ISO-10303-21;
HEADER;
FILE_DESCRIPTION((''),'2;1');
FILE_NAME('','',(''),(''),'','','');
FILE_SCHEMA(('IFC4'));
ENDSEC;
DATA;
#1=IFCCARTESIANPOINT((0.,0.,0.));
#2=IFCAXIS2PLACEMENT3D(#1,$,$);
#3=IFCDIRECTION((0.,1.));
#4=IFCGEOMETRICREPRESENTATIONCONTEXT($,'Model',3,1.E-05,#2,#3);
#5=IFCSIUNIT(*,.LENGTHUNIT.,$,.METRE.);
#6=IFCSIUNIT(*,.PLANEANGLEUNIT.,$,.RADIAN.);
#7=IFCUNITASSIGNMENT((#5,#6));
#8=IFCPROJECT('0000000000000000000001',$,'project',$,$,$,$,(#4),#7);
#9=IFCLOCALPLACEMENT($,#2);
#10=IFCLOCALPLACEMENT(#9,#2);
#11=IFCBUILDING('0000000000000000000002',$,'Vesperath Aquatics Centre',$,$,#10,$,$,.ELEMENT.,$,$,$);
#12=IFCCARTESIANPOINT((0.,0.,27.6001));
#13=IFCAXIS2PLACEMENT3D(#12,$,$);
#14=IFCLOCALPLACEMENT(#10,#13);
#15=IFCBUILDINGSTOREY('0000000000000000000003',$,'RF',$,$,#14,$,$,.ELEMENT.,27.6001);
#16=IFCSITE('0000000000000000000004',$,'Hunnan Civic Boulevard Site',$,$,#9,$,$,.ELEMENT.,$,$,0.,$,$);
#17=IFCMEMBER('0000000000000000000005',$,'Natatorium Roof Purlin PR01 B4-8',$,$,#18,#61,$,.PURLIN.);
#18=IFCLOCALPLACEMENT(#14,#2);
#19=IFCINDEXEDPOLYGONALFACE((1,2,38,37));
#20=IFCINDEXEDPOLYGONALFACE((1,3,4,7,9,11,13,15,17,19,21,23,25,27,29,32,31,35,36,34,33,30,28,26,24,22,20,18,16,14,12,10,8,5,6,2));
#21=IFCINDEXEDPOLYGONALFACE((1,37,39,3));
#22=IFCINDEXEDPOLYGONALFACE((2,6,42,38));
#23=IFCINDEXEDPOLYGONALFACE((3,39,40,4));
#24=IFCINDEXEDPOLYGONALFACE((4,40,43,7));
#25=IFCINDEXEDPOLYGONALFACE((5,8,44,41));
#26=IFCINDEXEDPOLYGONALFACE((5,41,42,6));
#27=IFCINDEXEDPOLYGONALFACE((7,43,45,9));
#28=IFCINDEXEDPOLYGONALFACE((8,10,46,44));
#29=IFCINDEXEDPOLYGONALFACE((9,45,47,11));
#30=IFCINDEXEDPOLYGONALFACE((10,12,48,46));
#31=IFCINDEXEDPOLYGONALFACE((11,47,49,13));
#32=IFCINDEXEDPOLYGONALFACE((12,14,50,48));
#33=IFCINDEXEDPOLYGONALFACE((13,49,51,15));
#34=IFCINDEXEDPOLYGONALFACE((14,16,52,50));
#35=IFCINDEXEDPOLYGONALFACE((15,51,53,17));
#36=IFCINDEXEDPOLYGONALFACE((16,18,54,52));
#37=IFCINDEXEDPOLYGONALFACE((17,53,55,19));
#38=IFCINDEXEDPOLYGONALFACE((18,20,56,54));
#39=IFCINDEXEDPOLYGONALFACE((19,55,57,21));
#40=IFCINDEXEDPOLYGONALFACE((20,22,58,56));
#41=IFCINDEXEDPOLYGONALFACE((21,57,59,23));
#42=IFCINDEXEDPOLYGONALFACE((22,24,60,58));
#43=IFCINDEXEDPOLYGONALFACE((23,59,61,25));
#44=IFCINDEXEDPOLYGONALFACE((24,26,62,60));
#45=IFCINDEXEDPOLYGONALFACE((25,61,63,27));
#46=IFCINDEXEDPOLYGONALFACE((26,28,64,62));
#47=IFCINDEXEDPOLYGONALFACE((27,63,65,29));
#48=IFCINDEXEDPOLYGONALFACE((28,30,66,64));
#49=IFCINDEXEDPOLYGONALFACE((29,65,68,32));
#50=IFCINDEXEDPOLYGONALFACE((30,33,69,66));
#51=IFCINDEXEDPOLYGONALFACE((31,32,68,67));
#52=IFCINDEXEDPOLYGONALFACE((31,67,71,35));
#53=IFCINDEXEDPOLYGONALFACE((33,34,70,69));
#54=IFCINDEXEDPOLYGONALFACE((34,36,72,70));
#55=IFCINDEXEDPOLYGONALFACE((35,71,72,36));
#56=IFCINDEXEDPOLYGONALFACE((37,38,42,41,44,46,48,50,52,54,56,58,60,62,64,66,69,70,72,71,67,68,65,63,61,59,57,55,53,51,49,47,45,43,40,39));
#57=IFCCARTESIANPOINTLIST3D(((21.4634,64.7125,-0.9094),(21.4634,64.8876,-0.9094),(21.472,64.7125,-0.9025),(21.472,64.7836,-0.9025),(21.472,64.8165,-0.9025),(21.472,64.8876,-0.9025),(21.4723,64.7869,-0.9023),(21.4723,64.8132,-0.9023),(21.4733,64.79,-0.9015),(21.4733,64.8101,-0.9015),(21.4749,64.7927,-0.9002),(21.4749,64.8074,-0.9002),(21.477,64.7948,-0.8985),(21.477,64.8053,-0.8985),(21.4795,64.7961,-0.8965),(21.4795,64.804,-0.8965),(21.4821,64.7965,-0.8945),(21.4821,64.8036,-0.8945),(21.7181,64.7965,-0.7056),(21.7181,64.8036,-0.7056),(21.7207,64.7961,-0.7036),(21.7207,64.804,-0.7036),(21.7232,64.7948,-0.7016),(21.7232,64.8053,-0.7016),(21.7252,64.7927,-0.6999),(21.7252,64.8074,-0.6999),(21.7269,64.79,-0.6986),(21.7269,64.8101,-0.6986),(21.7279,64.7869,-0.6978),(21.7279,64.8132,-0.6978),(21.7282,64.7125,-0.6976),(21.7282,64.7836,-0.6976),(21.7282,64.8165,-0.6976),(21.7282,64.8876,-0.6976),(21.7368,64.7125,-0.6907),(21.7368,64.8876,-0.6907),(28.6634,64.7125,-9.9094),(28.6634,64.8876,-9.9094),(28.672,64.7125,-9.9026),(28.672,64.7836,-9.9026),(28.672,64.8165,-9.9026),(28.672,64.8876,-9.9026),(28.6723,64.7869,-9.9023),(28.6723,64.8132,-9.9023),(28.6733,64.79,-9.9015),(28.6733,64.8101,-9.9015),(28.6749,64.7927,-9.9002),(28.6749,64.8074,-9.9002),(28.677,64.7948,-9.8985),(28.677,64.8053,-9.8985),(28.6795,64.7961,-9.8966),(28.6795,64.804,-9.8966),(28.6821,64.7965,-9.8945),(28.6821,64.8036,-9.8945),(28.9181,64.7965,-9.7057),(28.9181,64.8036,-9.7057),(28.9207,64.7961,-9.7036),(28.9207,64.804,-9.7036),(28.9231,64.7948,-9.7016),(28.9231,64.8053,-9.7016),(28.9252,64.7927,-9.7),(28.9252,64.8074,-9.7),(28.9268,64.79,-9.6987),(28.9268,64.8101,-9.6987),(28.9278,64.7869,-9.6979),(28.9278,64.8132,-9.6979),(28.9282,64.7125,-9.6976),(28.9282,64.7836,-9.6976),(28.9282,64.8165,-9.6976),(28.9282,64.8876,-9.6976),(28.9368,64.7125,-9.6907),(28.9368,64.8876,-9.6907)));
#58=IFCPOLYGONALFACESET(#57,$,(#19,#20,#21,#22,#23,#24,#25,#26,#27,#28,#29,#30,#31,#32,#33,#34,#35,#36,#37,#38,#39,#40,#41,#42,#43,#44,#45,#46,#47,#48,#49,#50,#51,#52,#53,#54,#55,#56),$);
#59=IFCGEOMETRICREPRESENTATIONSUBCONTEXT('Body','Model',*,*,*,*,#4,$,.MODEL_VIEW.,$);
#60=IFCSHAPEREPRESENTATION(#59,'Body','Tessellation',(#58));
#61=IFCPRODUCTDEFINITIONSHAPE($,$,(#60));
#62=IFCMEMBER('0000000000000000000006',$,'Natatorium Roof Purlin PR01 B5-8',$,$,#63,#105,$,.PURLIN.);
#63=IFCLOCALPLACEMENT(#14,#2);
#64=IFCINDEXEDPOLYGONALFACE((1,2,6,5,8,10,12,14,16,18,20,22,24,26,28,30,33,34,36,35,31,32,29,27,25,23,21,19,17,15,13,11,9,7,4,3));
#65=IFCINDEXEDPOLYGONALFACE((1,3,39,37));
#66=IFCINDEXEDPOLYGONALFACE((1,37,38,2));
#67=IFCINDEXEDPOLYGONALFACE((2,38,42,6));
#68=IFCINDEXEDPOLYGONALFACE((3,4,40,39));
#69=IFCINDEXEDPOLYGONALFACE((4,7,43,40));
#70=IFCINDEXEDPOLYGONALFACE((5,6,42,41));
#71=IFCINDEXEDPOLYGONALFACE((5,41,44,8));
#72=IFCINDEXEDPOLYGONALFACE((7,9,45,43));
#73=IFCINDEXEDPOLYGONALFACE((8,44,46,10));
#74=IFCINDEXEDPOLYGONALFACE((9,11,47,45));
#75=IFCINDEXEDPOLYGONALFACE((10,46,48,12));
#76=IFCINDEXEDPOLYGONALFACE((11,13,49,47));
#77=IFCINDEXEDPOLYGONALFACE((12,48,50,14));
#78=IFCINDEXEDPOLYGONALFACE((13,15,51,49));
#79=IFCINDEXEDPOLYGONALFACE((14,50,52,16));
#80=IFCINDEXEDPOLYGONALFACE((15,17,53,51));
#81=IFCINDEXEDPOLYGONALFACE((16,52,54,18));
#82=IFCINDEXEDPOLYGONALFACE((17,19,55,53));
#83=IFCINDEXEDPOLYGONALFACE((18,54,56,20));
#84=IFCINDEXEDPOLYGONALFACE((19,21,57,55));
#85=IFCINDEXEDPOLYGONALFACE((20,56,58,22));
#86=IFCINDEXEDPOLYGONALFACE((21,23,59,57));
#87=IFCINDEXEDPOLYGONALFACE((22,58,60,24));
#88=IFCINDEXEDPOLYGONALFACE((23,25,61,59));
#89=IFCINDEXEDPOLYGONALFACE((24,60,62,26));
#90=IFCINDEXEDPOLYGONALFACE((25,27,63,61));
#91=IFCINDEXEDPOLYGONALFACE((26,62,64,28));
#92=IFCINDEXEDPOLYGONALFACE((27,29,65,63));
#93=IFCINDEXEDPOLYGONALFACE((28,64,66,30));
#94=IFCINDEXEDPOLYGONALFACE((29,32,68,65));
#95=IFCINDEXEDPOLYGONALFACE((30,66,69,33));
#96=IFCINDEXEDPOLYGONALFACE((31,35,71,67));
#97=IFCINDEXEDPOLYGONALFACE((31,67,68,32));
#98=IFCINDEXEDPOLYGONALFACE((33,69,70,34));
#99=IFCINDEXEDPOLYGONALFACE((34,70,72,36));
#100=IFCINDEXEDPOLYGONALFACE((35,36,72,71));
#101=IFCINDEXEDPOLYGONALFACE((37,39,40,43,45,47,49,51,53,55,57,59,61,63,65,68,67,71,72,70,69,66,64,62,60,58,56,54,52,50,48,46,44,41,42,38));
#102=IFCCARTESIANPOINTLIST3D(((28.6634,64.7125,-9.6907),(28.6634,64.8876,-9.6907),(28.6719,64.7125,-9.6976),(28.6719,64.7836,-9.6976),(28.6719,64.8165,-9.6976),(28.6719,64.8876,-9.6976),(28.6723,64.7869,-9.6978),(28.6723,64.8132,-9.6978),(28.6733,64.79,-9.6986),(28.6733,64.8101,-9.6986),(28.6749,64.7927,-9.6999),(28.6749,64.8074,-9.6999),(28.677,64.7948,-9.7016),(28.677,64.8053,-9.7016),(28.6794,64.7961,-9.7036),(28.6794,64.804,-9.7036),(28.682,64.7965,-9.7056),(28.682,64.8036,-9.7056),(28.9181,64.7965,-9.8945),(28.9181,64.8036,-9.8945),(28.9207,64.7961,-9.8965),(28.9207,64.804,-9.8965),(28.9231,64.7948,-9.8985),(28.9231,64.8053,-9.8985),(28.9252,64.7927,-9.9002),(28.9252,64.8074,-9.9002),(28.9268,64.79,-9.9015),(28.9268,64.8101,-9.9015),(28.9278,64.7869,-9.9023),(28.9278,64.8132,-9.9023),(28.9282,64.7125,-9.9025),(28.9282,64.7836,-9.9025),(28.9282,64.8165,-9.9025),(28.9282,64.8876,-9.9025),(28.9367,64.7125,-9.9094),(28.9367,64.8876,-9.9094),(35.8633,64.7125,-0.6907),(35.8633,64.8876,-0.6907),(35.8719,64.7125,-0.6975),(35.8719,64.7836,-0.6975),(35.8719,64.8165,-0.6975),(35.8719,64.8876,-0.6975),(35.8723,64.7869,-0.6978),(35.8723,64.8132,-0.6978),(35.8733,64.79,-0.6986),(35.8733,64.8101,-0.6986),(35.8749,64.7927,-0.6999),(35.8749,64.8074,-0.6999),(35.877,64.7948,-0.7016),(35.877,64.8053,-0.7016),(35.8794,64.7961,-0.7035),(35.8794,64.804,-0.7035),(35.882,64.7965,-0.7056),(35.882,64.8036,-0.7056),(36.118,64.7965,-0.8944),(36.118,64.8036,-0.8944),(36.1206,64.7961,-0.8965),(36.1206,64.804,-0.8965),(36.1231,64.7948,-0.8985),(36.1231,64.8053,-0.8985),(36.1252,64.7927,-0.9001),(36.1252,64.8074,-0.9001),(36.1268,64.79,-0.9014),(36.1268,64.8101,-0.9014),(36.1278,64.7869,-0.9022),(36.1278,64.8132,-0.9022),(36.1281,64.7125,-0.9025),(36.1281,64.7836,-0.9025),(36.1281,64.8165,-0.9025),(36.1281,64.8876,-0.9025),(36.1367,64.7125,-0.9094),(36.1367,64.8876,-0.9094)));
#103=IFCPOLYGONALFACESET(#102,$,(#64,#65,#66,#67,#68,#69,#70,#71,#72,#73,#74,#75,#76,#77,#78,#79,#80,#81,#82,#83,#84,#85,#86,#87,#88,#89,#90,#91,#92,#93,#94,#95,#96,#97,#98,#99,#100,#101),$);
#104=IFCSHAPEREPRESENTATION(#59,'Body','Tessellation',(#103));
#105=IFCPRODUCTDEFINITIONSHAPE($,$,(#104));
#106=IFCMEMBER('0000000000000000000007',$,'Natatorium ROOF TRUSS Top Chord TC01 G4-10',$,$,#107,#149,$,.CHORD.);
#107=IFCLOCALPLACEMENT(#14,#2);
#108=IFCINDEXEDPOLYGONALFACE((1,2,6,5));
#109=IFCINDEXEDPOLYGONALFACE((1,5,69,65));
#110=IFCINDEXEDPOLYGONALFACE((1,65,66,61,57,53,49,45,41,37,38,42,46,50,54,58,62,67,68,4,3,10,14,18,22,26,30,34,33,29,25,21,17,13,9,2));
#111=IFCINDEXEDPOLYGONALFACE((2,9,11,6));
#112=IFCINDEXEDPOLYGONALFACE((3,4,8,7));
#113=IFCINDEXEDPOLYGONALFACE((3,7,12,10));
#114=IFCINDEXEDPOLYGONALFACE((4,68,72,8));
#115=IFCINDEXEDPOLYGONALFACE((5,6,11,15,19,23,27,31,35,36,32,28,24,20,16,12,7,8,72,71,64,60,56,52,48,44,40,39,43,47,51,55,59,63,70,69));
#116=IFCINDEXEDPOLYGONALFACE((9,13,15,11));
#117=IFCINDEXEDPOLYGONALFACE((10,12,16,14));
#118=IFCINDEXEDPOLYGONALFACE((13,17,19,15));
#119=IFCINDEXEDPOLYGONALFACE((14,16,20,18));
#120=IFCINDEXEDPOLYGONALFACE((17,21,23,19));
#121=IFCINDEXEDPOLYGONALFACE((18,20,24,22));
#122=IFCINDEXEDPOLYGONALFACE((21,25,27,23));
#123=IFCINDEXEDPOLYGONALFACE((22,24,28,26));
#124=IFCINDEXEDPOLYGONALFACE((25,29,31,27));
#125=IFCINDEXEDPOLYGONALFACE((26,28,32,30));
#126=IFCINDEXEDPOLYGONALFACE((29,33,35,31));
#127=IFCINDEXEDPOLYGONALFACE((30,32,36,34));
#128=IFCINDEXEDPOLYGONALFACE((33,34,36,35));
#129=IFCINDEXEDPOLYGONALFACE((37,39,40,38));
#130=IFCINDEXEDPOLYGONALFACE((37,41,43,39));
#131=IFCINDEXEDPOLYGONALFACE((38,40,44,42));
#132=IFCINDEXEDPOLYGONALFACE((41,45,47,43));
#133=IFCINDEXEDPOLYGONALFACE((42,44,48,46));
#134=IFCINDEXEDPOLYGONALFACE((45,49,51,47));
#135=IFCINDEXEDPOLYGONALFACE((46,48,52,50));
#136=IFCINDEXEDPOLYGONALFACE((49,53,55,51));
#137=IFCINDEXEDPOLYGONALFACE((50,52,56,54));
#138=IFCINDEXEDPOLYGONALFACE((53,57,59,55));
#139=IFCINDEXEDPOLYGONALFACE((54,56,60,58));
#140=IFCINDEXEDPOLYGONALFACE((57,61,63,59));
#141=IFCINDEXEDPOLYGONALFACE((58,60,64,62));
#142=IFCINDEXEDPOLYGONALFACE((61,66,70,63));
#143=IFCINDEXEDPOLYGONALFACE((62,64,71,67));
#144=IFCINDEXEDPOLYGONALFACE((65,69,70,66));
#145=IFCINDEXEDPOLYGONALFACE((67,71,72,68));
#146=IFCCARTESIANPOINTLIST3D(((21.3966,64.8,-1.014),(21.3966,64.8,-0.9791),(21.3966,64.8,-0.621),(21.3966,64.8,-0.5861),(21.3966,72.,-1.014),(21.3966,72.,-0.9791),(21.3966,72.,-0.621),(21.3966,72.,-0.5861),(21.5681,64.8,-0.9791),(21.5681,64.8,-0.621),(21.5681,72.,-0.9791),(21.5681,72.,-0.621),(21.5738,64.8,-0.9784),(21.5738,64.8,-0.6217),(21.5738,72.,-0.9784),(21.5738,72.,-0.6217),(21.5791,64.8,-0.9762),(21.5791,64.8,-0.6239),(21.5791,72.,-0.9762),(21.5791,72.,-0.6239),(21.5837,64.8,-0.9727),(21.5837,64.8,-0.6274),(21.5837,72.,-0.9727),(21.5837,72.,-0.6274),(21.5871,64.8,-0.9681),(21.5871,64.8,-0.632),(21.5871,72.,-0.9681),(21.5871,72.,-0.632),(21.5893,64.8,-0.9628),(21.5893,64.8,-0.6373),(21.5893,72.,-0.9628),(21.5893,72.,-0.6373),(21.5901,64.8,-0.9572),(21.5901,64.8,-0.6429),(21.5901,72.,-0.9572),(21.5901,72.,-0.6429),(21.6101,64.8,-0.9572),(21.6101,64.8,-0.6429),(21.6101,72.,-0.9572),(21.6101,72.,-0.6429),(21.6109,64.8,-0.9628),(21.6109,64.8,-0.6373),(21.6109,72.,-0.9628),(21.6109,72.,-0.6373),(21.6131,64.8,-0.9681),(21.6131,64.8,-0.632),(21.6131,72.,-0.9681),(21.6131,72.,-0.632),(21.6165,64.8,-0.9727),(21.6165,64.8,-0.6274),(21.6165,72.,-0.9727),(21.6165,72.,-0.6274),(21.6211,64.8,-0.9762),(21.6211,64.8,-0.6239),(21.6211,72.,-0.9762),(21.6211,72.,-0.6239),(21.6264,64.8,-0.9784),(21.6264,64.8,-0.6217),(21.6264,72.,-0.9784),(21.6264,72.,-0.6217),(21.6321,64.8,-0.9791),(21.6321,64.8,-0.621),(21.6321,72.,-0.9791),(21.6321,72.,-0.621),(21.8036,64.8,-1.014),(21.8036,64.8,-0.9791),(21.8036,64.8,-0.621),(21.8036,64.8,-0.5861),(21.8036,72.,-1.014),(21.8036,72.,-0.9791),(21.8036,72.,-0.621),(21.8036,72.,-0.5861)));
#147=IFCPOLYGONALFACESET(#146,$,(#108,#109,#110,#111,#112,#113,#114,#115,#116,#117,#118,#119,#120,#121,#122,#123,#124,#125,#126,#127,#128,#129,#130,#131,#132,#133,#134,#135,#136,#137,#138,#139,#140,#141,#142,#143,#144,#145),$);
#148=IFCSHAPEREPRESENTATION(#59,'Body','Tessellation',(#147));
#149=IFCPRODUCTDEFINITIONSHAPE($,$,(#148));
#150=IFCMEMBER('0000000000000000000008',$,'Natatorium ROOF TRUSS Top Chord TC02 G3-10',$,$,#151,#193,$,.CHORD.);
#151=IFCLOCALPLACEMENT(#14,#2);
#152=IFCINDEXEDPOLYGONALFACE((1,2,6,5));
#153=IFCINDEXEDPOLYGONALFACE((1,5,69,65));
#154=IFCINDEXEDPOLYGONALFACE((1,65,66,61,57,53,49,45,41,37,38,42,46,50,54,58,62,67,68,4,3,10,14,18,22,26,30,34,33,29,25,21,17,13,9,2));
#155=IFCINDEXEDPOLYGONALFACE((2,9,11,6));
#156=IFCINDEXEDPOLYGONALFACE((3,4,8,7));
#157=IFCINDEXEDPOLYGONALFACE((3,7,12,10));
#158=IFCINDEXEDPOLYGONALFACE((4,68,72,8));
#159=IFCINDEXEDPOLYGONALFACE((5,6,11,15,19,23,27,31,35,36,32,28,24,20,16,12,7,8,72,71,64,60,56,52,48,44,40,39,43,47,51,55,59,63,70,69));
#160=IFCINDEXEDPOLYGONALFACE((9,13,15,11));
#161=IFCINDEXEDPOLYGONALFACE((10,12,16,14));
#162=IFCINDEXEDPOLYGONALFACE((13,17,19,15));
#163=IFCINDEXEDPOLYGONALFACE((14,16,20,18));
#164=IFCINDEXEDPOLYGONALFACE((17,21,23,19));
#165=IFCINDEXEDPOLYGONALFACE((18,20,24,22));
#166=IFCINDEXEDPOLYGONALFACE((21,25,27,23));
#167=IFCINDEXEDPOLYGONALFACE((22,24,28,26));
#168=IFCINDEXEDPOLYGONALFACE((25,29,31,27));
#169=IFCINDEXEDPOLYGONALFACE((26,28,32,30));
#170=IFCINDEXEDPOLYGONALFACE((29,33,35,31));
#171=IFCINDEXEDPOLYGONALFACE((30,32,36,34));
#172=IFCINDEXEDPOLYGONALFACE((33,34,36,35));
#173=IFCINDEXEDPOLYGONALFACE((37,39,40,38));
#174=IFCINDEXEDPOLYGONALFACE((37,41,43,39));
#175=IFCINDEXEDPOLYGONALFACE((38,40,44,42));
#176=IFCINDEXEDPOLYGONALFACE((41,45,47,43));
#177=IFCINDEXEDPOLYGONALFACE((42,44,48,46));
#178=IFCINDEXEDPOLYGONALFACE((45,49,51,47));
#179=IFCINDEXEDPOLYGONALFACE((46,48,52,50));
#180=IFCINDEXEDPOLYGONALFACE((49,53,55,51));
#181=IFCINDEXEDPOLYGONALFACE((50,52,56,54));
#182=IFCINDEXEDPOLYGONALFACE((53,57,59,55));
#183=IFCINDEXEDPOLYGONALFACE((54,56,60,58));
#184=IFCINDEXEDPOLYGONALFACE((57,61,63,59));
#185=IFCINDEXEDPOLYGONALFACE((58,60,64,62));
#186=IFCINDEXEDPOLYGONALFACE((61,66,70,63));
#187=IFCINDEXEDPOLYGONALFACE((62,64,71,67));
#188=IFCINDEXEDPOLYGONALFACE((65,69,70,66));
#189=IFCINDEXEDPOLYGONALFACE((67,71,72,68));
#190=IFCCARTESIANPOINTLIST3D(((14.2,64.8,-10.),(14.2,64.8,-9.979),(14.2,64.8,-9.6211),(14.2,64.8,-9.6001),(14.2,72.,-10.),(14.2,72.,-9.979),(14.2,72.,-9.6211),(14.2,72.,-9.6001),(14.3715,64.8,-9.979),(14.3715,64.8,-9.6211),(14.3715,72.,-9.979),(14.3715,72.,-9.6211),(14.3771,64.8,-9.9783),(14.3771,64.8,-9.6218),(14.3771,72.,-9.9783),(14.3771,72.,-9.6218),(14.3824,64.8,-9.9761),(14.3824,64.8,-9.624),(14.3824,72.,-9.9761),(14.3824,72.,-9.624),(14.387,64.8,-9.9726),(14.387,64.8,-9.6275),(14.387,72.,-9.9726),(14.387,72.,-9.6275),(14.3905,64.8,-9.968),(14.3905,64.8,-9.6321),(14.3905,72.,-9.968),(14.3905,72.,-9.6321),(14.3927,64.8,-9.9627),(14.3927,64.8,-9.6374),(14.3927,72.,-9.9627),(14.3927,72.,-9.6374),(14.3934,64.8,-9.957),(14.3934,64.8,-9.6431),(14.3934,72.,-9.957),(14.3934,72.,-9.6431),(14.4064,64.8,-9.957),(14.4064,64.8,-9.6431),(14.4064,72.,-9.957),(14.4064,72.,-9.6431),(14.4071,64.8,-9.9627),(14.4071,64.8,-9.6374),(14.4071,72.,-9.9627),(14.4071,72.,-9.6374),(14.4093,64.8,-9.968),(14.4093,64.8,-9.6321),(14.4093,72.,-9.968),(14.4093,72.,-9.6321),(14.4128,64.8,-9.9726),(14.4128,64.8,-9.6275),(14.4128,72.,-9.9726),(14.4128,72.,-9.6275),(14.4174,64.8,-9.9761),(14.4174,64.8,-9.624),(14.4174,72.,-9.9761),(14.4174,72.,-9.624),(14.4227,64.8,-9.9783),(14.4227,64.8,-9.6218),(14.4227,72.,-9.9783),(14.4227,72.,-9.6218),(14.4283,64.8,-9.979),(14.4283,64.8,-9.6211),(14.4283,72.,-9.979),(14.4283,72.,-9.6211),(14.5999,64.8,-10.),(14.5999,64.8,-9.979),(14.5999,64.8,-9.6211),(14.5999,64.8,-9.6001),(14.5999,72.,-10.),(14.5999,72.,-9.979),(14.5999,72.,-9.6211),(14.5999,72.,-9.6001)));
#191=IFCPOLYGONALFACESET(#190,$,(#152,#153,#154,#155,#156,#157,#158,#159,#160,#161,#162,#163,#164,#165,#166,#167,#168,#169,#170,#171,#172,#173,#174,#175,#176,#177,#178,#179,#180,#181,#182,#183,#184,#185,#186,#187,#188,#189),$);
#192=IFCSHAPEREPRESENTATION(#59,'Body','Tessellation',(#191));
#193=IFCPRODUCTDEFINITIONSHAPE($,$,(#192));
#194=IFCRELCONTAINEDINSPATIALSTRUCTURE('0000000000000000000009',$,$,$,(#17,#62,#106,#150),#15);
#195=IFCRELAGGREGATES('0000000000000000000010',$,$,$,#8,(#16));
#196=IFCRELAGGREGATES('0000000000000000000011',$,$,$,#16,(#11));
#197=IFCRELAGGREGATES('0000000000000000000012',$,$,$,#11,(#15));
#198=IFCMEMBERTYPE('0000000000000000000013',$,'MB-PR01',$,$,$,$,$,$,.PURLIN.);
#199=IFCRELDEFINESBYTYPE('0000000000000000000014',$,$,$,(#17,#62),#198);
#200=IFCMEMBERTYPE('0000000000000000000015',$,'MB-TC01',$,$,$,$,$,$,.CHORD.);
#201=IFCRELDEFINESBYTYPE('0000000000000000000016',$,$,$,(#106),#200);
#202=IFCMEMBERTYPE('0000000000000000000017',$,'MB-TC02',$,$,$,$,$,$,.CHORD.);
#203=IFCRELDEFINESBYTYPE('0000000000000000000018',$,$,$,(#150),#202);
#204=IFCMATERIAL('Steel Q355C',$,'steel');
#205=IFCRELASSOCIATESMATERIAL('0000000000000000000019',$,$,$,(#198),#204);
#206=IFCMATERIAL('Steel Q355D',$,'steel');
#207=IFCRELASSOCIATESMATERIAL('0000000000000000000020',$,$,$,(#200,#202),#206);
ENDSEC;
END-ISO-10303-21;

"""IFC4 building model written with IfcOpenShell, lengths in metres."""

from ifc_helpers import new_model, si_unit, direction, frame, origin, origin_2d, place, context, subcontext, project, spatial, i_section, extrude, material, material_profile, profile_set, type_object, element, save


model = new_model("IFC4")

# Units and contexts
model_context = context("Model", 3, precision=1e-05, world=origin(), true_north=direction((0.0, 1.0)))
body_context = subcontext(model_context, "Body", "Model", "MODEL_VIEW")
ifc_project = project(units=[si_unit("LENGTHUNIT", "METRE"), si_unit("PLANEANGLEUNIT", "RADIAN")], contexts=[model_context])

# Site, building, storey
site_placement = place(None, origin())
site = spatial("IfcSite", under=ifc_project, at=site_placement, Name="Hunnan Civic Boulevard Site", CompositionType="ELEMENT", RefElevation=0.0)
building_placement = place(site_placement, origin())
building = spatial("IfcBuilding", under=site, at=building_placement, Name="Vesperath Aquatics Centre", CompositionType="ELEMENT")
storey_placement = place(building_placement, frame((0.0, 0.0, 27.6001)))
storey = spatial("IfcBuildingStorey", under=building, at=storey_placement, Name="RF", CompositionType="ELEMENT", Elevation=27.6001)

# Members
ifc_material_1 = material(Name="Steel Q355D", Category="steel")
ifc_material_2 = material(Name="Steel Q355C", Category="steel")
ifc_material_profile_1 = material_profile(ifc_material_2, i_section(OverallWidth=0.175, OverallDepth=0.3501, WebThickness=0.0071, FlangeThickness=0.011, FilletRadius=0.0129, at=origin_2d()), Name="HN 350x175x7x11")
ifc_profile_set_1 = profile_set([ifc_material_profile_1], Name="Steel Q355C")
member_type_1 = type_object("IfcMemberType", Name="MB-PR01", PredefinedType="PURLIN", material=ifc_profile_set_1)
for number, where, z_axis, x_axis, name in (
    (1, (21.6001, 64.8, -0.8), (0.624692, 0.0, -0.780871), (0.0, 1.0, 0.0), "Natatorium Roof Purlin PR01 B4-8"),
    (2, (28.8, 64.8, -9.8), (0.624692, 0.0, 0.780871), (0.0, 1.0, 0.0), "Natatorium Roof Purlin PR01 B5-8"),
):
    element("IfcMember", number, at=place(storey_placement, frame(where, z_axis=z_axis, x_axis=x_axis)), inside=storey, type_object=member_type_1, Name=name, PredefinedType="PURLIN", context=body_context, shape_type="SweptSolid", body=[
        extrude(i_section(OverallWidth=0.175, OverallDepth=0.3501, WebThickness=0.0071, FlangeThickness=0.011, FilletRadius=0.0129, at=origin_2d()), origin(), (0.0, 0.0, 1.0), 11.5256),
    ])
ifc_material_profile_2 = material_profile(ifc_material_1, i_section(OverallWidth=0.407, OverallDepth=0.428, WebThickness=0.02, FlangeThickness=0.0349, FilletRadius=0.022, at=origin_2d()), Name="HW 428x407x20x35")
ifc_profile_set_2 = profile_set([ifc_material_profile_2], Name="Steel Q355D")
member_type_2 = type_object("IfcMemberType", Name="MB-TC01", PredefinedType="CHORD", material=ifc_profile_set_2)
member_1_placement = place(storey_placement, frame((21.6001, 64.8, -0.8), z_axis=(0.0, 1.0, 0.0), x_axis=(-1.0, 0.0, 0.0)))
element("IfcMember", 3, at=member_1_placement, inside=storey, type_object=member_type_2, Name="Natatorium ROOF TRUSS Top Chord TC01 G4-10", PredefinedType="CHORD", context=body_context, shape_type="SweptSolid", body=[
    extrude(i_section(OverallWidth=0.407, OverallDepth=0.428, WebThickness=0.02, FlangeThickness=0.0349, FilletRadius=0.022, at=origin_2d()), origin(), (0.0, 0.0, 1.0), 7.2),
])
ifc_material_profile_3 = material_profile(ifc_material_1, i_section(OverallWidth=0.3999, OverallDepth=0.3999, WebThickness=0.0129, FlangeThickness=0.021, FilletRadius=0.022, at=origin_2d()), Name="HW 400x400x13x21")
ifc_profile_set_3 = profile_set([ifc_material_profile_3], Name="Steel Q355D")
member_type_3 = type_object("IfcMemberType", Name="MB-TC02", PredefinedType="CHORD", material=ifc_profile_set_3)
for number, where, z_axis, x_axis, name in (
    (4, (14.3999, 64.8, -9.8), (0.0, 1.0, 0.0), (-1.0, 0.0, 0.0), "Natatorium ROOF TRUSS Top Chord TC02 G3-10"),
):
    element("IfcMember", number, at=place(storey_placement, frame(where, z_axis=z_axis, x_axis=x_axis)), inside=storey, type_object=member_type_3, Name=name, PredefinedType="CHORD", context=body_context, shape_type="SweptSolid", body=[
        extrude(i_section(OverallWidth=0.3999, OverallDepth=0.3999, WebThickness=0.0129, FlangeThickness=0.021, FilletRadius=0.022, at=origin_2d()), origin(), (0.0, 0.0, 1.0), 7.2),
    ])

save(model, "model.ifc")
